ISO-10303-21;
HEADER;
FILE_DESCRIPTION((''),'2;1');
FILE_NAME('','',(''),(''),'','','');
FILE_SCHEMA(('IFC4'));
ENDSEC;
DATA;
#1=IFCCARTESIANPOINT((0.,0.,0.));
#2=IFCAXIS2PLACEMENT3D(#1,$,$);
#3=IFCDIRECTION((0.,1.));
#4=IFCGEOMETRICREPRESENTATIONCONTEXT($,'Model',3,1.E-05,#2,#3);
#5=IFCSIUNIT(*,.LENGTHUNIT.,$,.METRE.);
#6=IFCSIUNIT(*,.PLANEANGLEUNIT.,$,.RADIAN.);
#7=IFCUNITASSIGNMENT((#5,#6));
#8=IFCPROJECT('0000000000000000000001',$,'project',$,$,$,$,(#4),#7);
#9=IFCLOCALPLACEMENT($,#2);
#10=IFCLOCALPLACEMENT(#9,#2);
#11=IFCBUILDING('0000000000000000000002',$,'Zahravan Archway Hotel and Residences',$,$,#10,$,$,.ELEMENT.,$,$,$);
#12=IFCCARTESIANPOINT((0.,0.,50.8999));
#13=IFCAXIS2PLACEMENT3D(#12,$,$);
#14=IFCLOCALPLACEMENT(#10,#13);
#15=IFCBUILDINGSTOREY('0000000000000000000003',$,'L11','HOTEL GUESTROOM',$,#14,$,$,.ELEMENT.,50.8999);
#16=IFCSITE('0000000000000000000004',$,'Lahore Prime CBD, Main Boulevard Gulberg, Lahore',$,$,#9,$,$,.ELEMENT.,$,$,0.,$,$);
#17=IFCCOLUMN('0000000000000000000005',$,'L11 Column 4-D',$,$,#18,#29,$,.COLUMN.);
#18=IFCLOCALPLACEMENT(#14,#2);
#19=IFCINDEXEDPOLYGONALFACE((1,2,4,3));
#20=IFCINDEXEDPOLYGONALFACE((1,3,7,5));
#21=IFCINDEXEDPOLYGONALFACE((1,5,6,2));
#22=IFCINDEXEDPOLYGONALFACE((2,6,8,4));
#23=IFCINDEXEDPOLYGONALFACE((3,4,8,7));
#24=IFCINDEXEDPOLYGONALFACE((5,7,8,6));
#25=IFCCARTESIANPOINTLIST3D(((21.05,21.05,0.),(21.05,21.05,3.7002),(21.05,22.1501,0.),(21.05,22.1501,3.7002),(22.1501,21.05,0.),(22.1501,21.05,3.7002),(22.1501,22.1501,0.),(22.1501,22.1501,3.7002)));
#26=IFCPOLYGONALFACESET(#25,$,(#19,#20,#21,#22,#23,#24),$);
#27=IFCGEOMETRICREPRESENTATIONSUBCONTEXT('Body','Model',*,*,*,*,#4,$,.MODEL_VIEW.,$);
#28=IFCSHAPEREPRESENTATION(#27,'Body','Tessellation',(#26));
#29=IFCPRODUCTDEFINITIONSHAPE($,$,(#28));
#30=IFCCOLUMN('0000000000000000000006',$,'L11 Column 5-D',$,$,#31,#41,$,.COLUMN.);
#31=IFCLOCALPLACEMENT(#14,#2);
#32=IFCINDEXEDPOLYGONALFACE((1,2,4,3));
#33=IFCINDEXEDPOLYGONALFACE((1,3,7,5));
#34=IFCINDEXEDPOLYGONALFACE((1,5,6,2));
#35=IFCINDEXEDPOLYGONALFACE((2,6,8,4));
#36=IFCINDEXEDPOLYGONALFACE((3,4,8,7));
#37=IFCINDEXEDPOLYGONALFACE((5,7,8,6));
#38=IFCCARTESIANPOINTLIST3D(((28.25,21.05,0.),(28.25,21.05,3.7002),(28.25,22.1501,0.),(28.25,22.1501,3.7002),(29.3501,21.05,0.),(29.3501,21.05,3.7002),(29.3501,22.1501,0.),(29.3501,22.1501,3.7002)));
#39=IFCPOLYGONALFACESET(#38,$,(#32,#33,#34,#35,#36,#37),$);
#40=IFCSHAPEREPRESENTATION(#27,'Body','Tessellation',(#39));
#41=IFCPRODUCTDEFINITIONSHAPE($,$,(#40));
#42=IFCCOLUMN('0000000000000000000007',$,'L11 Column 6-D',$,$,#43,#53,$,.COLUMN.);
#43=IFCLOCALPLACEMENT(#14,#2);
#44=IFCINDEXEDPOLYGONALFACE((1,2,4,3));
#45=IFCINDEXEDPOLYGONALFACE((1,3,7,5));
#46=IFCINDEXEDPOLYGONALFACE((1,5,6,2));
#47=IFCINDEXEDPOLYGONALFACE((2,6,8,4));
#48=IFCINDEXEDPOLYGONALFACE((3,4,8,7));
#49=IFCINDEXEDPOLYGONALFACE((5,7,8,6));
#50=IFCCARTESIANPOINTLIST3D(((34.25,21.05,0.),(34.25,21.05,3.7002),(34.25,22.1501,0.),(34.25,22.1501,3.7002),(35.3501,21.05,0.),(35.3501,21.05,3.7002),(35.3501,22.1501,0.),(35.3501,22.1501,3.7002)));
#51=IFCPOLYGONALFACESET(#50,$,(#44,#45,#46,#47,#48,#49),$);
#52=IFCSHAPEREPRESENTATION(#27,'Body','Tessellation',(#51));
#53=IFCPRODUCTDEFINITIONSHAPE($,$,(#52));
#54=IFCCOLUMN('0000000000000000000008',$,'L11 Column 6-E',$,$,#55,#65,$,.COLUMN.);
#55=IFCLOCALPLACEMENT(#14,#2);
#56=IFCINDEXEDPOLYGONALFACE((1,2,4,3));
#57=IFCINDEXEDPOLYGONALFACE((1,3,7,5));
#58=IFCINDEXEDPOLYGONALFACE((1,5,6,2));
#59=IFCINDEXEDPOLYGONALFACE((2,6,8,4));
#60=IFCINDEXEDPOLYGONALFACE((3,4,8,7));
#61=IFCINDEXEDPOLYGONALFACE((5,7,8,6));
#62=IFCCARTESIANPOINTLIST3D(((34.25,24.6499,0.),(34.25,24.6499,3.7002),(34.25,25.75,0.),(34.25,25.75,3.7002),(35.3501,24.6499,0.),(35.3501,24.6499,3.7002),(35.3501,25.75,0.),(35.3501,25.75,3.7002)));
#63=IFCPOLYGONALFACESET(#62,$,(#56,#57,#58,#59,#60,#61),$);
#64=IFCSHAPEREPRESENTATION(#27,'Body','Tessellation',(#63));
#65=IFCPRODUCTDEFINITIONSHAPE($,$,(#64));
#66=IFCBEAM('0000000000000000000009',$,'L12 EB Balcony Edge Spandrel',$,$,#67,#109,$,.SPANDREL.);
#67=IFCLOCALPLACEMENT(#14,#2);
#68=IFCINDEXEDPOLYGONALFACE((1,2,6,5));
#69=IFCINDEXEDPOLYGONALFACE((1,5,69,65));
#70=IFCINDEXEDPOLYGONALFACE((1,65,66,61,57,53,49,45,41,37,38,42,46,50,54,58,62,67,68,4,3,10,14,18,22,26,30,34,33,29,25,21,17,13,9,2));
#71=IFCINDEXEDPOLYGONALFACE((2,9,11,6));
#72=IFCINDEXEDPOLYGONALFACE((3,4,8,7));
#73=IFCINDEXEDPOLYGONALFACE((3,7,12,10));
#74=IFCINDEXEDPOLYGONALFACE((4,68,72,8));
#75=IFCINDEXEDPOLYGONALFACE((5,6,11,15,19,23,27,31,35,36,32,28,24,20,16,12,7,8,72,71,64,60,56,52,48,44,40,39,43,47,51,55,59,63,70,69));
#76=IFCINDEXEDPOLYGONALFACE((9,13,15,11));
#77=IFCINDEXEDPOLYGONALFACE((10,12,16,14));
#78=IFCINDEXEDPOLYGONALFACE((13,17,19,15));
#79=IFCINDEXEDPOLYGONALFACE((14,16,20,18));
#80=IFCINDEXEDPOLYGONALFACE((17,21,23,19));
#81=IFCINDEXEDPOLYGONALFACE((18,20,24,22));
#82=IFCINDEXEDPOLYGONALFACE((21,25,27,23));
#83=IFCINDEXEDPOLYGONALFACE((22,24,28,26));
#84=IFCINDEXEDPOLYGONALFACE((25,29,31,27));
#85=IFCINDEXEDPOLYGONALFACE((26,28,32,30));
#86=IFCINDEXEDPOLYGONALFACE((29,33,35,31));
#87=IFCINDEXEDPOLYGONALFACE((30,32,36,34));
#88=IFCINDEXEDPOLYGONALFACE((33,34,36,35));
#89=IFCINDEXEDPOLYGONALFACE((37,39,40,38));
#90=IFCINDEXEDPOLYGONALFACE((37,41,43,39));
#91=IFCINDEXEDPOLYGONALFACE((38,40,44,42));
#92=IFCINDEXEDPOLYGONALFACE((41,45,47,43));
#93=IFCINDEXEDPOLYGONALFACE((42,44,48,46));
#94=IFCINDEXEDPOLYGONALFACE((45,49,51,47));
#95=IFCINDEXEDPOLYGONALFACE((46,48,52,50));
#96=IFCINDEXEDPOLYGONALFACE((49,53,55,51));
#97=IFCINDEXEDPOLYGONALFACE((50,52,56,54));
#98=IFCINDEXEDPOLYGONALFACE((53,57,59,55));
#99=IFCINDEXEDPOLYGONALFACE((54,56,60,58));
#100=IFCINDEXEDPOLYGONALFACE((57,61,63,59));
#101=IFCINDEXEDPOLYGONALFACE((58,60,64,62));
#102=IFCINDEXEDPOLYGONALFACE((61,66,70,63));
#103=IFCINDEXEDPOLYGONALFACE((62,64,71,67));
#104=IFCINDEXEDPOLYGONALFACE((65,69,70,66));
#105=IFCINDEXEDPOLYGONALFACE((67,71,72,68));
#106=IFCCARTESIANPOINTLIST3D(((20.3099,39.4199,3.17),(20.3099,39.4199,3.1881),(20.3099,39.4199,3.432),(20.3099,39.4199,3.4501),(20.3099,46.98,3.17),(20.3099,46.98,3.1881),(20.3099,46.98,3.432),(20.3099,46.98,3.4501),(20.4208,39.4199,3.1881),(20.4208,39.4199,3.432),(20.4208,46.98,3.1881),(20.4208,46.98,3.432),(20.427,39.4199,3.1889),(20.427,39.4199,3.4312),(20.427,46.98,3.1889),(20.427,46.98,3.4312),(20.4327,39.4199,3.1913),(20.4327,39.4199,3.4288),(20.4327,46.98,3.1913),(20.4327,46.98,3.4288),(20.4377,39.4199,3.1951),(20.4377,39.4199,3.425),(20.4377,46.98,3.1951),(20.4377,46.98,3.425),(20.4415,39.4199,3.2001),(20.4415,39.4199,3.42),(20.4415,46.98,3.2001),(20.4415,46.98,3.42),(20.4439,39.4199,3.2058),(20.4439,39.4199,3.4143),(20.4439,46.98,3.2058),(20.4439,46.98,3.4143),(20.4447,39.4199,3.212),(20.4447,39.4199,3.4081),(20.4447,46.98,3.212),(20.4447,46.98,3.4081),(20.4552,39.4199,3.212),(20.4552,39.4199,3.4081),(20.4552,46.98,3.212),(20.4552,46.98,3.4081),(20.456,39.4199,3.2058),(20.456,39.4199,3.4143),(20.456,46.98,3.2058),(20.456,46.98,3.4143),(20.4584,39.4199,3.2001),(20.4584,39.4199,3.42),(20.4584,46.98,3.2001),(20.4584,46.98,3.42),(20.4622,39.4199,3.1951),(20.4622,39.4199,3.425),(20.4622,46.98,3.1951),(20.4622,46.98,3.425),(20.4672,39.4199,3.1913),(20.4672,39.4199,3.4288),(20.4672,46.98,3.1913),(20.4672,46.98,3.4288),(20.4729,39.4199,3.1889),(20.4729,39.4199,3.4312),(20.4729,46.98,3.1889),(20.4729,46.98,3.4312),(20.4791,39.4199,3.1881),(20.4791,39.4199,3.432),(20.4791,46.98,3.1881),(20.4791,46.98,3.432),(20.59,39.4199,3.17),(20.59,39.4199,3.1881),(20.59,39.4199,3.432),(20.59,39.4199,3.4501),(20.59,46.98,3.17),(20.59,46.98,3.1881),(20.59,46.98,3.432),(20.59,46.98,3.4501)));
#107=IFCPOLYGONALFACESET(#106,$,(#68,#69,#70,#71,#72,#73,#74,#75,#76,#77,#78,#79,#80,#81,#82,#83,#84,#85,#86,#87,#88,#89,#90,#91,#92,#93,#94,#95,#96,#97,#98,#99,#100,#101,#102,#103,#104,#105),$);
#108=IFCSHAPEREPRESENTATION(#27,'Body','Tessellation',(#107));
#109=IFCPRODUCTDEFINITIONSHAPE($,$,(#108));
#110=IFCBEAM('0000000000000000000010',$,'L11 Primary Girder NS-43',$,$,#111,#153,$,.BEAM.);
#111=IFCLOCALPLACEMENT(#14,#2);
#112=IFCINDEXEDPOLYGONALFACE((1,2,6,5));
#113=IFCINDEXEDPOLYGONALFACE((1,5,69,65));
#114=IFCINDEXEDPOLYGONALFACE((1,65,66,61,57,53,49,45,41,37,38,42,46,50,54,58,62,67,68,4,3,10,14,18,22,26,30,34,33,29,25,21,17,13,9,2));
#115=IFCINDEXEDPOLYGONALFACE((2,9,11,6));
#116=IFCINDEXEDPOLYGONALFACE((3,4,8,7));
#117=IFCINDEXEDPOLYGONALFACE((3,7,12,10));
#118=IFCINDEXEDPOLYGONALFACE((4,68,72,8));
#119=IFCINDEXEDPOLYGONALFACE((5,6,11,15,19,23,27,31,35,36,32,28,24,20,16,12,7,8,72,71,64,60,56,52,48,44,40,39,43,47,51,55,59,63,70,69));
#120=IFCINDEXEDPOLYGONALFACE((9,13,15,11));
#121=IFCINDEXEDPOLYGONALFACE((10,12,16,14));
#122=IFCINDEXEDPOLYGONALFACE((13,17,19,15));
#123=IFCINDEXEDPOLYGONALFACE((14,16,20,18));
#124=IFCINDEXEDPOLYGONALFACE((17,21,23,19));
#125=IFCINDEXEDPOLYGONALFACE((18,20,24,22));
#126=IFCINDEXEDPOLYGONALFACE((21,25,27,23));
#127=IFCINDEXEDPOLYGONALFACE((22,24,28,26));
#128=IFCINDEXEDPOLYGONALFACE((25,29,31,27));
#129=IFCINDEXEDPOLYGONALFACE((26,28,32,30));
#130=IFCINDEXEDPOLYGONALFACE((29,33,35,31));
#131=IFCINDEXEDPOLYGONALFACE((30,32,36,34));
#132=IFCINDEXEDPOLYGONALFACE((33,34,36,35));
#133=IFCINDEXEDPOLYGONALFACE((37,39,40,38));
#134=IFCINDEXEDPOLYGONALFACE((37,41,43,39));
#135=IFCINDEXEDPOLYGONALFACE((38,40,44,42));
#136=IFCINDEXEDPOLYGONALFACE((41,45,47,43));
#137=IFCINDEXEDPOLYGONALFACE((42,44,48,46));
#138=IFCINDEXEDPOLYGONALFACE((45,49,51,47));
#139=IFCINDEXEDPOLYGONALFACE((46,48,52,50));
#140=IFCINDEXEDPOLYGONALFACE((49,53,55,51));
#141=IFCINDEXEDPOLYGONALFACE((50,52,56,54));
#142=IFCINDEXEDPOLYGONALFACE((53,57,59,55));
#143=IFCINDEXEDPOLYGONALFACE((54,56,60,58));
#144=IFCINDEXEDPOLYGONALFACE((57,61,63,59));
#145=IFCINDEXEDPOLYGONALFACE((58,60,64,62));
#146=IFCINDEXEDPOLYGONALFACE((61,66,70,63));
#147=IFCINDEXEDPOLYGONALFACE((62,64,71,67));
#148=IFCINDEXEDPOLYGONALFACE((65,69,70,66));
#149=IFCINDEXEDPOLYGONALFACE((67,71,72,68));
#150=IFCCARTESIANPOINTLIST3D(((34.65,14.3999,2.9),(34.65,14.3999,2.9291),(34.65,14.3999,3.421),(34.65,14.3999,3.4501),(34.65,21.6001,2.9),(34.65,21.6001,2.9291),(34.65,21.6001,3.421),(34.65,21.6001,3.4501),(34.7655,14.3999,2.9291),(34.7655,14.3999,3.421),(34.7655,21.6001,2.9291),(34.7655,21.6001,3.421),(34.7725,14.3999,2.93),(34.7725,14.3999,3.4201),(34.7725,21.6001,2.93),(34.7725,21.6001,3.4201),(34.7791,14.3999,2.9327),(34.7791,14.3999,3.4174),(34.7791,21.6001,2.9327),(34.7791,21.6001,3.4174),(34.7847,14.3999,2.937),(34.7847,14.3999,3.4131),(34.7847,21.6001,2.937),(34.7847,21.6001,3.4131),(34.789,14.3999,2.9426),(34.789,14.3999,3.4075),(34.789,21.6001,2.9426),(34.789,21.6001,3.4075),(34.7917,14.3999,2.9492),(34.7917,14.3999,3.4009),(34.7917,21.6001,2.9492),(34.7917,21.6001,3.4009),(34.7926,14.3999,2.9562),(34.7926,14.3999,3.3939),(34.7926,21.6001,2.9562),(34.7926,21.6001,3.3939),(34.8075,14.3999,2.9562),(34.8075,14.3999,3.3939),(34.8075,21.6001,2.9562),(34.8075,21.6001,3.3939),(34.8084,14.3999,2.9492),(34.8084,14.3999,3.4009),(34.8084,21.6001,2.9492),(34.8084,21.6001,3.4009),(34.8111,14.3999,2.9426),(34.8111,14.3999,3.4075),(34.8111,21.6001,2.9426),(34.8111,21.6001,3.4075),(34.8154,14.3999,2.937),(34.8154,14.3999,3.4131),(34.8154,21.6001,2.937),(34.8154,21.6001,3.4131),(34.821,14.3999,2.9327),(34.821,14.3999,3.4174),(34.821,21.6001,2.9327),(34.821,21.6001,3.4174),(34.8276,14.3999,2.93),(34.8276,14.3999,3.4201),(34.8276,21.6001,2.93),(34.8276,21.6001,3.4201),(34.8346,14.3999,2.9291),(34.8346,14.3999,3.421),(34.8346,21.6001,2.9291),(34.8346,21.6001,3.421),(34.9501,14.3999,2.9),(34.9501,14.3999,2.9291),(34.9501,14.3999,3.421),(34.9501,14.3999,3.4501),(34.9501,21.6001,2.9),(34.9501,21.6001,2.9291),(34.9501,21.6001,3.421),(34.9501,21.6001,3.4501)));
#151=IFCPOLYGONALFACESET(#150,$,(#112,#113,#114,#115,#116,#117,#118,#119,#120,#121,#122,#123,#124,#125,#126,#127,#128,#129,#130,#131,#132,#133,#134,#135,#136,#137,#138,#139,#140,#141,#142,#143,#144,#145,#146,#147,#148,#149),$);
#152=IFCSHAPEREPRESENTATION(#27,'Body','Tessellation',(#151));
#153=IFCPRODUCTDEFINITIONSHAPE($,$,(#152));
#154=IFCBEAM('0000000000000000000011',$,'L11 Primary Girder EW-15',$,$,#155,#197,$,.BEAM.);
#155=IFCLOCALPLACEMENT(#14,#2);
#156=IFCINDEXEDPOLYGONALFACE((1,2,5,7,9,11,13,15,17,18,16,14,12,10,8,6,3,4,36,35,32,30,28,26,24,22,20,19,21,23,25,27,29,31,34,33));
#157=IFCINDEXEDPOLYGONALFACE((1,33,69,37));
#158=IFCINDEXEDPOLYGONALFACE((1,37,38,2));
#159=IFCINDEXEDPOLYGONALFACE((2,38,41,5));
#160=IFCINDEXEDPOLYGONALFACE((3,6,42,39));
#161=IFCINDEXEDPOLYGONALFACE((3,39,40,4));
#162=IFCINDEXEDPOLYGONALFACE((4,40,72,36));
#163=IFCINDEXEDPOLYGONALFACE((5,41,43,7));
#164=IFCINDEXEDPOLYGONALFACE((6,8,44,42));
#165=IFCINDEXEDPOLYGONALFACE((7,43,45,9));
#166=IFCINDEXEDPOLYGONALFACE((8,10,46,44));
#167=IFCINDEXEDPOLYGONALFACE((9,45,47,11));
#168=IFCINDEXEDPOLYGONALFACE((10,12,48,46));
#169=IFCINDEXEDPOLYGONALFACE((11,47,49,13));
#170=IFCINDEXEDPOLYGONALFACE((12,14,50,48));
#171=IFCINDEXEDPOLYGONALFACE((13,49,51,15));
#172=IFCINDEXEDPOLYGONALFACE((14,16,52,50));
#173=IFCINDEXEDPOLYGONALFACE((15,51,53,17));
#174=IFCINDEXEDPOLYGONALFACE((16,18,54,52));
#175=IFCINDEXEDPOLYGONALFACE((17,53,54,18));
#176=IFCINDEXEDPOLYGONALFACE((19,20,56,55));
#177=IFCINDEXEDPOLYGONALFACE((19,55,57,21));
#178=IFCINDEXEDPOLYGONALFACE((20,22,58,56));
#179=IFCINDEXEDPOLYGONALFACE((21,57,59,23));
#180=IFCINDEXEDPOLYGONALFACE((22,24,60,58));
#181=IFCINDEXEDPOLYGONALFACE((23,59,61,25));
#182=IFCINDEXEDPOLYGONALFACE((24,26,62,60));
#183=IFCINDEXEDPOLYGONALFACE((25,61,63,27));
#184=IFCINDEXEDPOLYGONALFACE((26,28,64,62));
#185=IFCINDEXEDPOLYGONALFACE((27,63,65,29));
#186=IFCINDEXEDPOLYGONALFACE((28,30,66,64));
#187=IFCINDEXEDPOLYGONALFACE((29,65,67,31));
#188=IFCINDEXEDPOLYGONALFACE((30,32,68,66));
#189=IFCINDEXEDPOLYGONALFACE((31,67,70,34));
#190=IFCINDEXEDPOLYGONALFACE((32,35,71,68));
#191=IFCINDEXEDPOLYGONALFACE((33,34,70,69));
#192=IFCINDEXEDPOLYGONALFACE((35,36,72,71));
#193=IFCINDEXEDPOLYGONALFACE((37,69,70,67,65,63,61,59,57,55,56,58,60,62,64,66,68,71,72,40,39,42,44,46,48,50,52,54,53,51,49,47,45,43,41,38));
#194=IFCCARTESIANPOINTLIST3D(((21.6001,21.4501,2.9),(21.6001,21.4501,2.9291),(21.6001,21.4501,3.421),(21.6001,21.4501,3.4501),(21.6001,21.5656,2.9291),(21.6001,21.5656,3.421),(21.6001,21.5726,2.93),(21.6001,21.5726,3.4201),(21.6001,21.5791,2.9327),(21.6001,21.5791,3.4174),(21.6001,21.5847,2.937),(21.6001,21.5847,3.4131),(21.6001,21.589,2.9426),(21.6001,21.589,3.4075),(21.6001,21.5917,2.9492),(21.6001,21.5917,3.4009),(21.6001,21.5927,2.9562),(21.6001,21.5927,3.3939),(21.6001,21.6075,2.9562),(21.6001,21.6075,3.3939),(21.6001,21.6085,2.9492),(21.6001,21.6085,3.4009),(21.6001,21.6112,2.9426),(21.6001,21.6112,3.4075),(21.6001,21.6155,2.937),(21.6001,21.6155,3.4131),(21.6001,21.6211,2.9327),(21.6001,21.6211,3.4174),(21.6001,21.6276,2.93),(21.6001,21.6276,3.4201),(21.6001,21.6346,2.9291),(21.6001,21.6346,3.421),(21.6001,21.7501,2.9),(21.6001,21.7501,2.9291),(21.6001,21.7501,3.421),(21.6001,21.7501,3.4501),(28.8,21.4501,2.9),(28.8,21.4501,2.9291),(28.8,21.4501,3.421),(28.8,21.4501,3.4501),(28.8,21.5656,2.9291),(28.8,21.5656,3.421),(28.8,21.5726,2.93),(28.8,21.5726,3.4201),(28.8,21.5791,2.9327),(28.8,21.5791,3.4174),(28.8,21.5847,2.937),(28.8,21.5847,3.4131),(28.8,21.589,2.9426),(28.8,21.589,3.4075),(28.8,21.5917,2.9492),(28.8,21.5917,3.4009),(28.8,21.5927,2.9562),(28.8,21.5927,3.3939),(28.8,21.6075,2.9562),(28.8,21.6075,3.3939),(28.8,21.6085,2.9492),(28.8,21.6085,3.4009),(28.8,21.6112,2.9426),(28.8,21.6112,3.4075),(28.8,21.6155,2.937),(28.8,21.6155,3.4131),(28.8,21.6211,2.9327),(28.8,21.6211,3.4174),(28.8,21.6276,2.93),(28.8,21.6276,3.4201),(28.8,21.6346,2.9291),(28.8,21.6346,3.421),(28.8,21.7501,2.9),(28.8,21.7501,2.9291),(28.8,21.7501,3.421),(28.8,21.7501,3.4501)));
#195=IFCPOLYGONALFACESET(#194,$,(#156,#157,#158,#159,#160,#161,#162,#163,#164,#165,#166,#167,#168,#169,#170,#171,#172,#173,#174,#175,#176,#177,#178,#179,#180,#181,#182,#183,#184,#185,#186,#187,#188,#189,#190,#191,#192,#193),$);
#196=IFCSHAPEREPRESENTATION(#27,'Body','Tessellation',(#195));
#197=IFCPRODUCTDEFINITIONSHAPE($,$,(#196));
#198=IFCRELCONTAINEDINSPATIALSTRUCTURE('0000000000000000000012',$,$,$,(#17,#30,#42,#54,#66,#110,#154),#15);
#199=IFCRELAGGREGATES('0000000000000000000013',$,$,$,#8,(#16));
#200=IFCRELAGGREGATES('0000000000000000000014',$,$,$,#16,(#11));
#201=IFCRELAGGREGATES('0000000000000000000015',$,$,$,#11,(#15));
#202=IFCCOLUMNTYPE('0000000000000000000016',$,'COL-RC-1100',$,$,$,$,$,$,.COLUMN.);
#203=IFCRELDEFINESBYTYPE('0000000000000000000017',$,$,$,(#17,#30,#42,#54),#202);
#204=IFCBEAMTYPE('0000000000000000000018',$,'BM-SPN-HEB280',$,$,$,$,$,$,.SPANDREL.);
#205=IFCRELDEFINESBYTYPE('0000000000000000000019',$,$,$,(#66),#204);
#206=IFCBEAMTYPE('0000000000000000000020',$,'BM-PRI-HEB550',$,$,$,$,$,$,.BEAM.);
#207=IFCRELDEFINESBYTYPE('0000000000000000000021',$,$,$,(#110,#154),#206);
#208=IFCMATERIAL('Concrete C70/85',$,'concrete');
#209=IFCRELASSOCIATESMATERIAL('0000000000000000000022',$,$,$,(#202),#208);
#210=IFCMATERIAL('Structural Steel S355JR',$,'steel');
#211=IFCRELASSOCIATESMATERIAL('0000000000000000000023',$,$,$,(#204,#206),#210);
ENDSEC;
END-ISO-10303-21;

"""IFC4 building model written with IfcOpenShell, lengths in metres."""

from ifc_helpers import new_model, si_unit, direction, frame, origin, origin_2d, place, context, subcontext, project, spatial, rectangle, i_section, extrude, source, transform, mapped, material, material_profile, profile_set, type_object, type_shapes, element, save


model = new_model("IFC4")

# Units and contexts
model_context = context("Model", 3, precision=1e-05, world=origin(), true_north=direction((0.0, 1.0)))
body_context = subcontext(model_context, "Body", "Model", "MODEL_VIEW")
ifc_project = project(units=[si_unit("LENGTHUNIT", "METRE"), si_unit("PLANEANGLEUNIT", "RADIAN")], contexts=[model_context])

# Site, building, storey
site_placement = place(None, origin())
site = spatial("IfcSite", under=ifc_project, at=site_placement, Name="Lahore Prime CBD, Main Boulevard Gulberg, Lahore", CompositionType="ELEMENT", RefElevation=0.0)
building_placement = place(site_placement, origin())
building = spatial("IfcBuilding", under=site, at=building_placement, Name="Zahravan Archway Hotel and Residences", CompositionType="ELEMENT")
storey_placement = place(building_placement, frame((0.0, 0.0, 50.8999)))
storey = spatial("IfcBuildingStorey", under=building, at=storey_placement, Name="L11", Description="HOTEL GUESTROOM", CompositionType="ELEMENT", Elevation=50.8999)

# Columns
ifc_material_1 = material(Name="Concrete C70/85", Category="concrete")
ifc_material_profile_1 = material_profile(ifc_material_1, rectangle(XDim=1.1001, YDim=1.1001, at=origin_2d()), Name="RC 1100x1100", Category="concrete")
ifc_profile_set_1 = profile_set([ifc_material_profile_1], Name="Concrete C70/85")
column_type = type_object("IfcColumnType", Name="COL-RC-1100", PredefinedType="COLUMN", material=ifc_profile_set_1)
shared_shape_1 = source(origin(), body_context, "Body", "SweptSolid", [
    extrude(rectangle(XDim=1.1001, YDim=1.1001, at=origin_2d()), origin(), (0.0, 0.0, 1.0), 3.7002),
])
for number, where, z_axis, x_axis, name in (
    (1, (21.6001, 21.6001, 0.0), (0.0, 0.0, 1.0), (1.0, 0.0, 0.0), "L11 Column 4-D"),
    (2, (28.8, 21.6001, 0.0), (0.0, 0.0, 1.0), (1.0, 0.0, 0.0), "L11 Column 5-D"),
    (3, (34.8, 21.6001, 0.0), (0.0, 0.0, 1.0), (1.0, 0.0, 0.0), "L11 Column 6-D"),
    (4, (34.8, 25.2, 0.0), (0.0, 0.0, 1.0), (1.0, 0.0, 0.0), "L11 Column 6-E"),
):
    element("IfcColumn", number, at=place(storey_placement, frame(where, z_axis=z_axis, x_axis=x_axis)), inside=storey, type_object=column_type, Name=name, PredefinedType="COLUMN", context=body_context, shape_type="MappedRepresentation", body=[
        mapped(shared_shape_1, transform((0.0, 0.0, 0.0), scale=1.0)),
    ])

# Beams
ifc_material_2 = material(Name="Structural Steel S355JR", Category="steel")
ifc_material_profile_2 = material_profile(ifc_material_2, i_section(OverallWidth=0.28, OverallDepth=0.28, WebThickness=0.0105, FlangeThickness=0.0181, FilletRadius=0.0239, at=origin_2d()), Name="HEB 280", Category="steel")
ifc_profile_set_2 = profile_set([ifc_material_profile_2], Name="Structural Steel S355JR")
beam_type_1 = type_object("IfcBeamType", Name="BM-SPN-HEB280", PredefinedType="SPANDREL", material=ifc_profile_set_2)
shared_shape_2 = source(origin(), body_context, "Body", "SweptSolid", [
    extrude(i_section(OverallWidth=0.28, OverallDepth=0.28, WebThickness=0.0105, FlangeThickness=0.0181, FilletRadius=0.0239, at=origin_2d()), origin(), (0.0, 0.0, 1.0), 7.5601),
])
type_shapes(beam_type_1, [shared_shape_2])
beam_1_placement = place(storey_placement, frame((20.45, 39.4199, 3.3101), z_axis=(0.0, 1.0, 0.0), x_axis=(-1.0, 0.0, 0.0)))
element("IfcBeam", 5, at=beam_1_placement, inside=storey, type_object=beam_type_1, Name="L12 EB Balcony Edge Spandrel", PredefinedType="SPANDREL", context=body_context, shape_type="MappedRepresentation", body=[
    mapped(shared_shape_2, transform((0.0, 0.0, 0.0), scale=1.0)),
])
ifc_material_profile_3 = material_profile(ifc_material_2, i_section(OverallWidth=0.3, OverallDepth=0.55, WebThickness=0.0149, FlangeThickness=0.0291, FilletRadius=0.0271, at=origin_2d()), Name="HEB 550", Category="steel")
ifc_profile_set_3 = profile_set([ifc_material_profile_3], Name="Structural Steel S355JR")
beam_type_2 = type_object("IfcBeamType", Name="BM-PRI-HEB550", PredefinedType="BEAM", material=ifc_profile_set_3)
shared_shape_3 = source(origin(), body_context, "Body", "SweptSolid", [
    extrude(i_section(OverallWidth=0.3, OverallDepth=0.55, WebThickness=0.0149, FlangeThickness=0.0291, FilletRadius=0.0271, at=origin_2d()), origin(), (0.0, 0.0, 1.0), 7.2002),
])
type_shapes(beam_type_2, [shared_shape_3])
beam_2_placement = place(storey_placement, frame((34.8, 14.3999, 3.175), z_axis=(0.0, 1.0, 0.0), x_axis=(-1.0, 0.0, 0.0)))
element("IfcBeam", 6, at=beam_2_placement, inside=storey, type_object=beam_type_2, Name="L11 Primary Girder NS-43", PredefinedType="BEAM", context=body_context, shape_type="MappedRepresentation", body=[
    mapped(shared_shape_3, transform((0.0, 0.0, 0.0), scale=1.0)),
])
shared_shape_4 = source(origin(), body_context, "Body", "SweptSolid", [
    extrude(i_section(OverallWidth=0.3, OverallDepth=0.55, WebThickness=0.0149, FlangeThickness=0.0291, FilletRadius=0.0271, at=origin_2d()), origin(), (0.0, 0.0, 1.0), 7.2),
])
for number, where, z_axis, x_axis, name in (
    (7, (21.6001, 21.6001, 3.175), (1.0, 0.0, 0.0), (0.0, 1.0, 0.0), "L11 Primary Girder EW-15"),
):
    element("IfcBeam", number, at=place(storey_placement, frame(where, z_axis=z_axis, x_axis=x_axis)), inside=storey, type_object=beam_type_2, Name=name, PredefinedType="BEAM", context=body_context, shape_type="MappedRepresentation", body=[
        mapped(shared_shape_4, transform((0.0, 0.0, 0.0), scale=1.0)),
    ])

save(model, "model.ifc")
